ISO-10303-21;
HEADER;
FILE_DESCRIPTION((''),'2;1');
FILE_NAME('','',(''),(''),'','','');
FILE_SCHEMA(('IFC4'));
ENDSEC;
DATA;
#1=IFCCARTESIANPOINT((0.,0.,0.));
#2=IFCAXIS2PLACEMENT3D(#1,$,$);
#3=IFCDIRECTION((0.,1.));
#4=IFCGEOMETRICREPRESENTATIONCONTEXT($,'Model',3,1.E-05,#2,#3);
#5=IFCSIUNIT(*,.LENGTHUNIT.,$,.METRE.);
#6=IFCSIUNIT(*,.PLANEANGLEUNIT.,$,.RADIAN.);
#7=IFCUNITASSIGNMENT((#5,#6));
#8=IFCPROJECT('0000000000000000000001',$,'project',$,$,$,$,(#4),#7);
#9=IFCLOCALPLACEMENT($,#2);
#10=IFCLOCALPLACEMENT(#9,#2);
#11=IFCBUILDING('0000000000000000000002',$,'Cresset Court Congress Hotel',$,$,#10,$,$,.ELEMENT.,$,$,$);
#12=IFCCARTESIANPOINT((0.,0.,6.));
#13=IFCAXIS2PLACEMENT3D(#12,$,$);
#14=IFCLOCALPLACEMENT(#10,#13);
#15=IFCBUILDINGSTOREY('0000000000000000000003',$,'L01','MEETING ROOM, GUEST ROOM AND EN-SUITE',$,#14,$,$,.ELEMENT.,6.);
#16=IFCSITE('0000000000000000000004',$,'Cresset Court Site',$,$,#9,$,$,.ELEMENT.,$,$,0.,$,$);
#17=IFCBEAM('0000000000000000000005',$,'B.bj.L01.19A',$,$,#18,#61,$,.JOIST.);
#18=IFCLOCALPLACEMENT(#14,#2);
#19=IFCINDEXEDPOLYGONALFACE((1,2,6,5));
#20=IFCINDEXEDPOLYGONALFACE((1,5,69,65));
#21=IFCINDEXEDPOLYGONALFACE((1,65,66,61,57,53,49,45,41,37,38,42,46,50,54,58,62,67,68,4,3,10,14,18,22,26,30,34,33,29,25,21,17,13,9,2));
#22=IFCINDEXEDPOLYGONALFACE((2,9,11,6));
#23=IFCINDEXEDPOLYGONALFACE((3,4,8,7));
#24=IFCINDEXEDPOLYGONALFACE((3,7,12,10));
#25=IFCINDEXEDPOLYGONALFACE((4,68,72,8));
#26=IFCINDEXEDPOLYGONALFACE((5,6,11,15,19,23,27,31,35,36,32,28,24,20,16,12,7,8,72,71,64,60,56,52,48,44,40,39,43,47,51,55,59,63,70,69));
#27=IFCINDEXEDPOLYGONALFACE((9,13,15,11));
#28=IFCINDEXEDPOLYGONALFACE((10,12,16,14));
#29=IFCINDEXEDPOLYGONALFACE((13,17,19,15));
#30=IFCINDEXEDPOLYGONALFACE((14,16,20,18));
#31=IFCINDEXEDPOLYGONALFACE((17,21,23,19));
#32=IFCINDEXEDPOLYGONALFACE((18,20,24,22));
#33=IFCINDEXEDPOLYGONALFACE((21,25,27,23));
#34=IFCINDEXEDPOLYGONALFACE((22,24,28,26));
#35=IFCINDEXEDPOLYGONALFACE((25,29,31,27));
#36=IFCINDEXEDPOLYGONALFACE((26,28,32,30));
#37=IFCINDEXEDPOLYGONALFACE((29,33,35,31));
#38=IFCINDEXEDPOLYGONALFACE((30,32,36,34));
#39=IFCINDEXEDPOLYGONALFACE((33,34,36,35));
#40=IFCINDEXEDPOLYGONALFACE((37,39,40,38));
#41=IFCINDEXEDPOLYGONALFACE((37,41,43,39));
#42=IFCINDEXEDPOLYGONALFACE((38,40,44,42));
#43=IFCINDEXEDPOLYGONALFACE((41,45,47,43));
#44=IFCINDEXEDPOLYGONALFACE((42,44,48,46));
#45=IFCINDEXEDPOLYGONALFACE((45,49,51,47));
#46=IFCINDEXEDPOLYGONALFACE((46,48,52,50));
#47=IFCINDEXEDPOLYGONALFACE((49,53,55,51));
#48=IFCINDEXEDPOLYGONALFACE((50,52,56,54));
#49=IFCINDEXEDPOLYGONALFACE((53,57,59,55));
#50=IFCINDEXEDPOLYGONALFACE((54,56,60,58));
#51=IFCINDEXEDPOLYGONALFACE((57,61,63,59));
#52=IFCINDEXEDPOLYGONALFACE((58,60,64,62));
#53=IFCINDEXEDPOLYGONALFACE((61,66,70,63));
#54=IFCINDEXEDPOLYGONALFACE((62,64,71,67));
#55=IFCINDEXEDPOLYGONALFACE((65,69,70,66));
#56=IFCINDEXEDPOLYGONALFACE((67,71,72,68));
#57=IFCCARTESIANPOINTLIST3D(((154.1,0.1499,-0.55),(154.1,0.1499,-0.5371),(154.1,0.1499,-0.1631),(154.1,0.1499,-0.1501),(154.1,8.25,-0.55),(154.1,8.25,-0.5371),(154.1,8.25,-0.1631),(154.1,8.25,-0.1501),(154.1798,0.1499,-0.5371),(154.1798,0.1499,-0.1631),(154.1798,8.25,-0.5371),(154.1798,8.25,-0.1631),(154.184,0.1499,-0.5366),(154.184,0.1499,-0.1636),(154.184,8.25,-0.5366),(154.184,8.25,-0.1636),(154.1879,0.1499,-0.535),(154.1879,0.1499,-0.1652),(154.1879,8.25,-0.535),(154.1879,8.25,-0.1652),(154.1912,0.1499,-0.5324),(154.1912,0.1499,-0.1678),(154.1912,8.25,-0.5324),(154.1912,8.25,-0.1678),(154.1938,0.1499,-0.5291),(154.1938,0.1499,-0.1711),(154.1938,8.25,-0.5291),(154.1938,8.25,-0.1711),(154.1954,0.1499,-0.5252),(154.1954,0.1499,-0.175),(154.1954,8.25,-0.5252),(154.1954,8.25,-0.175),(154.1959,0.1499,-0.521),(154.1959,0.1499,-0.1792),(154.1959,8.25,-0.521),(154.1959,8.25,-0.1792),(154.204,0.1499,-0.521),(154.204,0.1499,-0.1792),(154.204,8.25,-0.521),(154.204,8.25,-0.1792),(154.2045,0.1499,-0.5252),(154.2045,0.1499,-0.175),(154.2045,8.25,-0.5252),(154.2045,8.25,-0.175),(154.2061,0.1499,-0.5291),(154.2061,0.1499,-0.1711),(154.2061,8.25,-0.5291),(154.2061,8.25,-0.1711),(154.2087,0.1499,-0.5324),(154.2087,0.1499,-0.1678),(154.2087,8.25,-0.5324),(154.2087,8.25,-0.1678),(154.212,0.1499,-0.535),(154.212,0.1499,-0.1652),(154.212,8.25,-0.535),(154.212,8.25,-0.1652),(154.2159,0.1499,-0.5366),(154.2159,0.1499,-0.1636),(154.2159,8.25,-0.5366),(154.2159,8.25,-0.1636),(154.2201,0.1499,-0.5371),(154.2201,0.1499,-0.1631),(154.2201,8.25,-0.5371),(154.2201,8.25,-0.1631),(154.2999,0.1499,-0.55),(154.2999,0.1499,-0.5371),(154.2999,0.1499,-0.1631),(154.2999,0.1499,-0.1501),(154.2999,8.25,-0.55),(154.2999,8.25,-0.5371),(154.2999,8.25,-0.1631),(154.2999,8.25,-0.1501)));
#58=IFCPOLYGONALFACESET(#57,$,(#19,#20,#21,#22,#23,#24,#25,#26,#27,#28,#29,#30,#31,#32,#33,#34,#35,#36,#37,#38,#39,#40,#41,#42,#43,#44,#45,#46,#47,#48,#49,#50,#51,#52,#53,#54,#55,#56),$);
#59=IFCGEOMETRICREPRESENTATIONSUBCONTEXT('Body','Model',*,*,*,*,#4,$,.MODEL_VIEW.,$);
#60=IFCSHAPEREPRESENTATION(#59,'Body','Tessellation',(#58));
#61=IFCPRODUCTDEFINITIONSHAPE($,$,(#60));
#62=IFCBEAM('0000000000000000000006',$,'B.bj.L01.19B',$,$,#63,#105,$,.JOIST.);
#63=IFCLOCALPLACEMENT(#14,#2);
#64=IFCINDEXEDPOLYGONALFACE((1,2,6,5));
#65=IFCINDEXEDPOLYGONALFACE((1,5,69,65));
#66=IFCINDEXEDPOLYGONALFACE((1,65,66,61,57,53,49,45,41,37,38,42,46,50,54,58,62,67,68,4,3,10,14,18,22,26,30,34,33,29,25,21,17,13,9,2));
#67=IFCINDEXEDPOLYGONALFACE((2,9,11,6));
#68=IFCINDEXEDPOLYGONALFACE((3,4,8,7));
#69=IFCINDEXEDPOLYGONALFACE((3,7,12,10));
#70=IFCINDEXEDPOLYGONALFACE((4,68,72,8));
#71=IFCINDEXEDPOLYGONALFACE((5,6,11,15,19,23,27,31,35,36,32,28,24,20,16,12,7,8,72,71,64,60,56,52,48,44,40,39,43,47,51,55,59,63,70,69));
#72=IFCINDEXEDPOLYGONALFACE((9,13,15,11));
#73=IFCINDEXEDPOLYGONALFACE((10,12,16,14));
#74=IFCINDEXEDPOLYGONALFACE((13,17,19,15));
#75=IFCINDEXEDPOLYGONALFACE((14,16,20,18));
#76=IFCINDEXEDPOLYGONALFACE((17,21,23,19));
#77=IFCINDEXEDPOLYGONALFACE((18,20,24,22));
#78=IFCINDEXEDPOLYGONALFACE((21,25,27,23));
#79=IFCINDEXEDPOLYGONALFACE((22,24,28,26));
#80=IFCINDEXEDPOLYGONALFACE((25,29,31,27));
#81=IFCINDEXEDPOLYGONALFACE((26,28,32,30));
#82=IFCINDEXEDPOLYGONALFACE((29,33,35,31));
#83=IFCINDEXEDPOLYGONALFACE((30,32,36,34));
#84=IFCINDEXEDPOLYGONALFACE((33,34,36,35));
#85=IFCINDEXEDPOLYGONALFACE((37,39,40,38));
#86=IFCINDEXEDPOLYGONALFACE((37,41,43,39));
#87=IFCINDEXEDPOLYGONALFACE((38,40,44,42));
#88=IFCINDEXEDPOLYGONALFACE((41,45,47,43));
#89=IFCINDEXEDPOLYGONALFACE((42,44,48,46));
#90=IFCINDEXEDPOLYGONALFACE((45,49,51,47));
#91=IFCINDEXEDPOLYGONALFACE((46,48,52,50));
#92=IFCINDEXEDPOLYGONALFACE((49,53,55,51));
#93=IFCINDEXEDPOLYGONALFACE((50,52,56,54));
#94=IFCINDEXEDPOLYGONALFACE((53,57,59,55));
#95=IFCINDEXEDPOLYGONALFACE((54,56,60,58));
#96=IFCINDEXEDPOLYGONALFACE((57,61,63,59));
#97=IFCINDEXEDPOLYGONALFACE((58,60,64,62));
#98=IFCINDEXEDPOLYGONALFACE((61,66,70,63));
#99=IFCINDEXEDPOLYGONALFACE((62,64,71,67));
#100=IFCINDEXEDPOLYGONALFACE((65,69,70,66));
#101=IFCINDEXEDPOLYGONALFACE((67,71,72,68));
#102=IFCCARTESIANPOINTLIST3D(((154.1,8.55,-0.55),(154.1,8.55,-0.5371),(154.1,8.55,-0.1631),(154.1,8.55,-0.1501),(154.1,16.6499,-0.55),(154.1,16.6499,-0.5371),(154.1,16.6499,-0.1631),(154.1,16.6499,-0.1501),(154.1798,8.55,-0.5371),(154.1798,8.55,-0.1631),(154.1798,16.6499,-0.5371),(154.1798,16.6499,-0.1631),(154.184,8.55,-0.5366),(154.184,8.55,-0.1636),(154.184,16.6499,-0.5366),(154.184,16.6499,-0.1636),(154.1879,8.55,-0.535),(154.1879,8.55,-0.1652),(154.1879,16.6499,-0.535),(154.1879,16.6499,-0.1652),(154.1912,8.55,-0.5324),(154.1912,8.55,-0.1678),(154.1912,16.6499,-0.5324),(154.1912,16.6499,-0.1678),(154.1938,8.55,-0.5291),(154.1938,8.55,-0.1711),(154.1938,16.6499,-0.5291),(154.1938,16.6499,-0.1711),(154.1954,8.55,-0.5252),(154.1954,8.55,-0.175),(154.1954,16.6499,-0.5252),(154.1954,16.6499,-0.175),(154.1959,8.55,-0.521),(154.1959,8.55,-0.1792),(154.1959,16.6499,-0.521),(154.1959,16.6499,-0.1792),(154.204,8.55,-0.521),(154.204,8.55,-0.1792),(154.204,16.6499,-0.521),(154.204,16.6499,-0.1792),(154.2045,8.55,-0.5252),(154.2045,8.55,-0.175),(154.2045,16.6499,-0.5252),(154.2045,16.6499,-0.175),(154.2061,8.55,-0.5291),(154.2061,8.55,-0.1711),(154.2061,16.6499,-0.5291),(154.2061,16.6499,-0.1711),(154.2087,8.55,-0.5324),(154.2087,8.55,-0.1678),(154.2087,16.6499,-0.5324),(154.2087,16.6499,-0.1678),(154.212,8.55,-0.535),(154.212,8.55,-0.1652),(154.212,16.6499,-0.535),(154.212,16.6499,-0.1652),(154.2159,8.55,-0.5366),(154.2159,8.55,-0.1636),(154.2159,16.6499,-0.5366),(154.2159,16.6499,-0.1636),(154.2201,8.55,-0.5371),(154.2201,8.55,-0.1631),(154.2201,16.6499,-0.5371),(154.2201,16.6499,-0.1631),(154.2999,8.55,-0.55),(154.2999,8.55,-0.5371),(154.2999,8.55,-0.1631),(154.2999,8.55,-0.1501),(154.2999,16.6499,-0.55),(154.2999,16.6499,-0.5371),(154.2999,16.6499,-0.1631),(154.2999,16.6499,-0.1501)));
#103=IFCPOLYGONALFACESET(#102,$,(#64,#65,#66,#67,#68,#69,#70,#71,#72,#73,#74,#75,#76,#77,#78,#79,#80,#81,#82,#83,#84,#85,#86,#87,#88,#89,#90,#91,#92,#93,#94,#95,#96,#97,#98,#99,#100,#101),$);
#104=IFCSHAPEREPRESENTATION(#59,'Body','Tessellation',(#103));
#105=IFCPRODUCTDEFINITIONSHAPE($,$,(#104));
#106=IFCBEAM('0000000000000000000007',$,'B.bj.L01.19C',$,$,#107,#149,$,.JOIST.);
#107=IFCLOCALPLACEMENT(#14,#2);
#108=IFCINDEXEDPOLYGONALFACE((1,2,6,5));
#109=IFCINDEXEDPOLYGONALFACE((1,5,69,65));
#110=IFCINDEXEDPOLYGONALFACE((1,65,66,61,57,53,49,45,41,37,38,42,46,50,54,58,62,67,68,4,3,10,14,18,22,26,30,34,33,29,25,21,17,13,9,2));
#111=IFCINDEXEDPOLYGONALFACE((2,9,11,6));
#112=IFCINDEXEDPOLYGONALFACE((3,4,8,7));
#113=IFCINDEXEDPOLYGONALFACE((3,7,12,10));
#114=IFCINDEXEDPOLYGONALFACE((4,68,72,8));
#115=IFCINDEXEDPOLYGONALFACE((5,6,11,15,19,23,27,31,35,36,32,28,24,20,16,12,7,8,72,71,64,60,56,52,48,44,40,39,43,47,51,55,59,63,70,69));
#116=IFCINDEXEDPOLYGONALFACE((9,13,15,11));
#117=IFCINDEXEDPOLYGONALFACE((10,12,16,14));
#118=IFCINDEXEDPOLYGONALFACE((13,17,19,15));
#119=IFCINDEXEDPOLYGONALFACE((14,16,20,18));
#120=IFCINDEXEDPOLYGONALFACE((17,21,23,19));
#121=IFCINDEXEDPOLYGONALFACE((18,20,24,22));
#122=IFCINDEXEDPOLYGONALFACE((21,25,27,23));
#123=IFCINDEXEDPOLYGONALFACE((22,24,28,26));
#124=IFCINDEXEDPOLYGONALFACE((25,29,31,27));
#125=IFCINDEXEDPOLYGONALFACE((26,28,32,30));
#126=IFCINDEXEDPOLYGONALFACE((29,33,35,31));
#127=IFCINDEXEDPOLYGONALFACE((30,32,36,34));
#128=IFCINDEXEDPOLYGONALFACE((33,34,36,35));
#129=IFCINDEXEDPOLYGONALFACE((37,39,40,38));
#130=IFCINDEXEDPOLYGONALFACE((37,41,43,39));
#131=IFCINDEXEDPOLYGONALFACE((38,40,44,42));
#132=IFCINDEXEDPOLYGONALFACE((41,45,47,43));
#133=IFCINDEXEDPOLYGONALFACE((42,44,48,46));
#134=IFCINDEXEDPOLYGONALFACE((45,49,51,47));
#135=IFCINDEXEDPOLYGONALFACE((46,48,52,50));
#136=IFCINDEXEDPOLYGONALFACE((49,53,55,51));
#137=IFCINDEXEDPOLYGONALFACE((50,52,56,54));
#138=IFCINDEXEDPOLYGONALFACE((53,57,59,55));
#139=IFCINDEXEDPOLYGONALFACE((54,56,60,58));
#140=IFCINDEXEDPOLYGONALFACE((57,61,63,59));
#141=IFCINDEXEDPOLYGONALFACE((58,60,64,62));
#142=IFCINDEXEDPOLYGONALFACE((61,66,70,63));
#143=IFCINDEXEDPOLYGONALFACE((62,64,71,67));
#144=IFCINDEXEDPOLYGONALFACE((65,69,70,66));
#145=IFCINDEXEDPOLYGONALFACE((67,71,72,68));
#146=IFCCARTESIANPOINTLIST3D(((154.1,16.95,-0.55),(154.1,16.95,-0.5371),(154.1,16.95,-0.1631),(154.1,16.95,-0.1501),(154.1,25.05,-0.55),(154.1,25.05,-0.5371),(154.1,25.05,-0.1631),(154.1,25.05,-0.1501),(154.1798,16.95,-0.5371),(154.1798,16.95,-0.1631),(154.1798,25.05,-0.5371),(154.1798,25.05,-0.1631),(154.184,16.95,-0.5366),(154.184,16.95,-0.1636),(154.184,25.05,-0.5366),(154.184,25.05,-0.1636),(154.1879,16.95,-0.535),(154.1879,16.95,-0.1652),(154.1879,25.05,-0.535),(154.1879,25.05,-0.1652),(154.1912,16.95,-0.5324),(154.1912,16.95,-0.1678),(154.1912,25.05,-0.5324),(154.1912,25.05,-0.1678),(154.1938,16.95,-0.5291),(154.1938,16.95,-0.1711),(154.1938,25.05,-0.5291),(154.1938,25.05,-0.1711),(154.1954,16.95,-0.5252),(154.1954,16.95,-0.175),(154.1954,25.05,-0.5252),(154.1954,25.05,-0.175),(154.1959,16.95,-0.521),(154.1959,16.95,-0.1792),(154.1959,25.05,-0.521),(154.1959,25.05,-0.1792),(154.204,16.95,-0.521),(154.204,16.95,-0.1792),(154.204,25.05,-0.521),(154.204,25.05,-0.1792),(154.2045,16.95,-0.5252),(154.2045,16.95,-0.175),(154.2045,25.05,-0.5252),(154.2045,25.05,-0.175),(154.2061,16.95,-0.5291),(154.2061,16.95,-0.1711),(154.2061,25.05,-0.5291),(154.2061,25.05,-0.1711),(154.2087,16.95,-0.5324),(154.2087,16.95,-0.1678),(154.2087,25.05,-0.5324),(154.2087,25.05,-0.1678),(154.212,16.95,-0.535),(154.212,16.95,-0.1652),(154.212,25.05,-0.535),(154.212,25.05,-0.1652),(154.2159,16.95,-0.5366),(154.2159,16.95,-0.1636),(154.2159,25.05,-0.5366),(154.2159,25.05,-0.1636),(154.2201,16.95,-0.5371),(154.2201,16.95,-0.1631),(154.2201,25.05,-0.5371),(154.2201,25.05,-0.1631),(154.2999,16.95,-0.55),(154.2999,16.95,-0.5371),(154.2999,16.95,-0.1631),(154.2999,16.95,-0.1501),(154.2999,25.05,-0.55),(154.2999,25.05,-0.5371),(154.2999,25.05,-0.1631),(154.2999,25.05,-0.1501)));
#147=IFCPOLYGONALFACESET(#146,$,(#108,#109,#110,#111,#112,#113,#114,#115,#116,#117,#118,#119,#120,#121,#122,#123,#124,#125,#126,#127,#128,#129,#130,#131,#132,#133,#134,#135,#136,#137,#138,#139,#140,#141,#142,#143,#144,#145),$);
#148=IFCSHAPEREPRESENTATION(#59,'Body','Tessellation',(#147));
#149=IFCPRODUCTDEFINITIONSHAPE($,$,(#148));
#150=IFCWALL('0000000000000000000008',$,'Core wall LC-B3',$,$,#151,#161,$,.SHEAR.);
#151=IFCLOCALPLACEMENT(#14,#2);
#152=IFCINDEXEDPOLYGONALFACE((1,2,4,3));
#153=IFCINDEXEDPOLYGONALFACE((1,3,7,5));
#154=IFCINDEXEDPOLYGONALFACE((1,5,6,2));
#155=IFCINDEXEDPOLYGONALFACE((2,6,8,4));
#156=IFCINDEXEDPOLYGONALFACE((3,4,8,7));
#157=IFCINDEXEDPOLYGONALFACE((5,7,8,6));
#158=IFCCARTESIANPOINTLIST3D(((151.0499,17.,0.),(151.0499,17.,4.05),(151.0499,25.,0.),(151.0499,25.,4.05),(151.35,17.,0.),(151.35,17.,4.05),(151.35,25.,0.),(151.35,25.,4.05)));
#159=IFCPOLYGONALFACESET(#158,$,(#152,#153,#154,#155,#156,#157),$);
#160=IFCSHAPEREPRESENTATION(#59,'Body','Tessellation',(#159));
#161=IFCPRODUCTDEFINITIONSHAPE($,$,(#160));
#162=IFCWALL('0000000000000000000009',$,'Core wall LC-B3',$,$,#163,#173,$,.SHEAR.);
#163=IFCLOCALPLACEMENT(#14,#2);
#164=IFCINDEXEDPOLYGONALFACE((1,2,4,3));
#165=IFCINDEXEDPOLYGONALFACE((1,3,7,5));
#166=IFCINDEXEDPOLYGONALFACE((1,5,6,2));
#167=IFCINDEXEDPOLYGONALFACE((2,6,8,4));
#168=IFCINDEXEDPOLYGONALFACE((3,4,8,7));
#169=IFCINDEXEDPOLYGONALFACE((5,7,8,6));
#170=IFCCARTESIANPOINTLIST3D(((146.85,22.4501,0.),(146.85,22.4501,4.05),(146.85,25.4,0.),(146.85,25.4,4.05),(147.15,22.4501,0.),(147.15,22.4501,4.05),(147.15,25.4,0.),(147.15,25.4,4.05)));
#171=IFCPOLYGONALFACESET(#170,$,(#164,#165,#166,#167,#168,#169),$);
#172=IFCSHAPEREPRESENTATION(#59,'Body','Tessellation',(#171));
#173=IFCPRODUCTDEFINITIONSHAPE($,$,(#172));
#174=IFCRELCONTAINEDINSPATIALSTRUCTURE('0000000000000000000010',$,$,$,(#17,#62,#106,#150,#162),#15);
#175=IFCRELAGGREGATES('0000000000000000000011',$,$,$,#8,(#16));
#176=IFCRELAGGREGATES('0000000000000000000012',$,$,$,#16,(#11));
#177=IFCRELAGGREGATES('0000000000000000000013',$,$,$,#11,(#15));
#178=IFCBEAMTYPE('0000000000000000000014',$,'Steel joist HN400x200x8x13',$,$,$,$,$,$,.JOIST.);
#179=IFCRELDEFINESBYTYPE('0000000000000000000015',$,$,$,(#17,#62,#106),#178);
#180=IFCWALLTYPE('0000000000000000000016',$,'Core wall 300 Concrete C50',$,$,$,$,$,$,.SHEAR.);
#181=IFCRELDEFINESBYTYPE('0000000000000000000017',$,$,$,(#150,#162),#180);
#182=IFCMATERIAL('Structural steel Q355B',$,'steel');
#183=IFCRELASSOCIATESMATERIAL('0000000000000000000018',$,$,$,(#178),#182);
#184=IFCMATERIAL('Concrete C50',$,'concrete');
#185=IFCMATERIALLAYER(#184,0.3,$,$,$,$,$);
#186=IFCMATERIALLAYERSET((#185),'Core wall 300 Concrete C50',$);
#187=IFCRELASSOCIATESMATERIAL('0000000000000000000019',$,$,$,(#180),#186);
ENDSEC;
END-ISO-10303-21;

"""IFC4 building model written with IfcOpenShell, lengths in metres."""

from ifc_helpers import new_model, si_unit, direction, frame, frame_2d, origin, origin_2d, place, context, subcontext, project, spatial, rectangle, i_section, extrude, material, layer, layer_set, material_profile, profile_set, type_object, element, save


model = new_model("IFC4")

# Units and contexts
model_context = context("Model", 3, precision=1e-05, world=origin(), true_north=direction((0.0, 1.0)))
body_context = subcontext(model_context, "Body", "Model", "MODEL_VIEW")
ifc_project = project(units=[si_unit("LENGTHUNIT", "METRE"), si_unit("PLANEANGLEUNIT", "RADIAN")], contexts=[model_context])

# Site, building, storey
site_placement = place(None, origin())
site = spatial("IfcSite", under=ifc_project, at=site_placement, Name="Cresset Court Site", CompositionType="ELEMENT", RefElevation=0.0)
building_placement = place(site_placement, origin())
building = spatial("IfcBuilding", under=site, at=building_placement, Name="Cresset Court Congress Hotel", CompositionType="ELEMENT")
storey_placement = place(building_placement, frame((0.0, 0.0, 6.0)))
storey = spatial("IfcBuildingStorey", under=building, at=storey_placement, Name="L01", Description="MEETING ROOM, GUEST ROOM AND EN-SUITE", CompositionType="ELEMENT", Elevation=6.0)

# Beams
ifc_material_1 = material(Name="Structural steel Q355B", Category="steel")
ifc_material_profile_1 = material_profile(ifc_material_1, i_section(OverallWidth=0.2, OverallDepth=0.3999, WebThickness=0.0081, FlangeThickness=0.0129, FilletRadius=0.0161, at=origin_2d()), Name="HN400x200x8x13")
ifc_profile_set_1 = profile_set([ifc_material_profile_1], Name="Structural steel Q355B")
beam_type_1 = type_object("IfcBeamType", Name="Steel joist HN400x200x8x13", PredefinedType="JOIST", material=ifc_profile_set_1)
beam_1_placement = place(storey_placement, frame((154.2, 0.1499, -0.3501), z_axis=(0.0, 1.0, 0.0), x_axis=(-1.0, 0.0, 0.0)))
element("IfcBeam", 1, at=beam_1_placement, inside=storey, type_object=beam_type_1, Name="B.bj.L01.19A", PredefinedType="JOIST", context=body_context, shape_type="SweptSolid", body=[
    extrude(i_section(OverallWidth=0.2, OverallDepth=0.3999, WebThickness=0.0081, FlangeThickness=0.0129, FilletRadius=0.0161, at=origin_2d()), origin(), (0.0, 0.0, 1.0), 8.1001),
])
beam_2_placement = place(storey_placement, frame((154.2, 8.55, -0.3501), z_axis=(0.0, 1.0, 0.0), x_axis=(-1.0, 0.0, 0.0)))
element("IfcBeam", 2, at=beam_2_placement, inside=storey, type_object=beam_type_1, Name="B.bj.L01.19B", PredefinedType="JOIST", context=body_context, shape_type="SweptSolid", body=[
    extrude(i_section(OverallWidth=0.2, OverallDepth=0.3999, WebThickness=0.0081, FlangeThickness=0.0129, FilletRadius=0.0161, at=origin_2d()), origin(), (0.0, 0.0, 1.0), 8.0999),
])
beam_3_placement = place(storey_placement, frame((154.2, 16.95, -0.3501), z_axis=(0.0, 1.0, 0.0), x_axis=(-1.0, 0.0, 0.0)))
element("IfcBeam", 3, at=beam_3_placement, inside=storey, type_object=beam_type_1, Name="B.bj.L01.19C", PredefinedType="JOIST", context=body_context, shape_type="SweptSolid", body=[
    extrude(i_section(OverallWidth=0.2, OverallDepth=0.3999, WebThickness=0.0081, FlangeThickness=0.0129, FilletRadius=0.0161, at=origin_2d()), origin(), (0.0, 0.0, 1.0), 8.1001),
])

# Walls
ifc_material_2 = material(Name="Concrete C50", Category="concrete")
ifc_layer_1 = layer(ifc_material_2, 0.3)
ifc_layer_set_1 = layer_set([ifc_layer_1], Name="Core wall 300 Concrete C50")
wall_type_1 = type_object("IfcWallType", Name="Core wall 300 Concrete C50", PredefinedType="SHEAR", material=ifc_layer_set_1)
wall_1_placement = place(storey_placement, frame((151.2, 17.0, 0.0), z_axis=(0.0, 0.0, 1.0), x_axis=(0.0, 1.0, 0.0)))
element("IfcWall", 4, at=wall_1_placement, inside=storey, type_object=wall_type_1, Name="Core wall LC-B3", PredefinedType="SHEAR", context=body_context, shape_type="SweptSolid", body=[
    extrude(rectangle(XDim=8.0, YDim=0.3, at=frame_2d((4.0, 0.0))), origin(), (0.0, 0.0, 1.0), 4.05),
])
wall_2_placement = place(storey_placement, frame((147.0, 22.45, 0.0), z_axis=(0.0, 0.0, 1.0), x_axis=(0.0, 1.0, 0.0)))
element("IfcWall", 5, at=wall_2_placement, inside=storey, type_object=wall_type_1, Name="Core wall LC-B3", PredefinedType="SHEAR", context=body_context, shape_type="SweptSolid", body=[
    extrude(rectangle(XDim=2.95, YDim=0.3, at=frame_2d((1.4751, 0.0))), origin(), (0.0, 0.0, 1.0), 4.05),
])

save(model, "model.ifc")
